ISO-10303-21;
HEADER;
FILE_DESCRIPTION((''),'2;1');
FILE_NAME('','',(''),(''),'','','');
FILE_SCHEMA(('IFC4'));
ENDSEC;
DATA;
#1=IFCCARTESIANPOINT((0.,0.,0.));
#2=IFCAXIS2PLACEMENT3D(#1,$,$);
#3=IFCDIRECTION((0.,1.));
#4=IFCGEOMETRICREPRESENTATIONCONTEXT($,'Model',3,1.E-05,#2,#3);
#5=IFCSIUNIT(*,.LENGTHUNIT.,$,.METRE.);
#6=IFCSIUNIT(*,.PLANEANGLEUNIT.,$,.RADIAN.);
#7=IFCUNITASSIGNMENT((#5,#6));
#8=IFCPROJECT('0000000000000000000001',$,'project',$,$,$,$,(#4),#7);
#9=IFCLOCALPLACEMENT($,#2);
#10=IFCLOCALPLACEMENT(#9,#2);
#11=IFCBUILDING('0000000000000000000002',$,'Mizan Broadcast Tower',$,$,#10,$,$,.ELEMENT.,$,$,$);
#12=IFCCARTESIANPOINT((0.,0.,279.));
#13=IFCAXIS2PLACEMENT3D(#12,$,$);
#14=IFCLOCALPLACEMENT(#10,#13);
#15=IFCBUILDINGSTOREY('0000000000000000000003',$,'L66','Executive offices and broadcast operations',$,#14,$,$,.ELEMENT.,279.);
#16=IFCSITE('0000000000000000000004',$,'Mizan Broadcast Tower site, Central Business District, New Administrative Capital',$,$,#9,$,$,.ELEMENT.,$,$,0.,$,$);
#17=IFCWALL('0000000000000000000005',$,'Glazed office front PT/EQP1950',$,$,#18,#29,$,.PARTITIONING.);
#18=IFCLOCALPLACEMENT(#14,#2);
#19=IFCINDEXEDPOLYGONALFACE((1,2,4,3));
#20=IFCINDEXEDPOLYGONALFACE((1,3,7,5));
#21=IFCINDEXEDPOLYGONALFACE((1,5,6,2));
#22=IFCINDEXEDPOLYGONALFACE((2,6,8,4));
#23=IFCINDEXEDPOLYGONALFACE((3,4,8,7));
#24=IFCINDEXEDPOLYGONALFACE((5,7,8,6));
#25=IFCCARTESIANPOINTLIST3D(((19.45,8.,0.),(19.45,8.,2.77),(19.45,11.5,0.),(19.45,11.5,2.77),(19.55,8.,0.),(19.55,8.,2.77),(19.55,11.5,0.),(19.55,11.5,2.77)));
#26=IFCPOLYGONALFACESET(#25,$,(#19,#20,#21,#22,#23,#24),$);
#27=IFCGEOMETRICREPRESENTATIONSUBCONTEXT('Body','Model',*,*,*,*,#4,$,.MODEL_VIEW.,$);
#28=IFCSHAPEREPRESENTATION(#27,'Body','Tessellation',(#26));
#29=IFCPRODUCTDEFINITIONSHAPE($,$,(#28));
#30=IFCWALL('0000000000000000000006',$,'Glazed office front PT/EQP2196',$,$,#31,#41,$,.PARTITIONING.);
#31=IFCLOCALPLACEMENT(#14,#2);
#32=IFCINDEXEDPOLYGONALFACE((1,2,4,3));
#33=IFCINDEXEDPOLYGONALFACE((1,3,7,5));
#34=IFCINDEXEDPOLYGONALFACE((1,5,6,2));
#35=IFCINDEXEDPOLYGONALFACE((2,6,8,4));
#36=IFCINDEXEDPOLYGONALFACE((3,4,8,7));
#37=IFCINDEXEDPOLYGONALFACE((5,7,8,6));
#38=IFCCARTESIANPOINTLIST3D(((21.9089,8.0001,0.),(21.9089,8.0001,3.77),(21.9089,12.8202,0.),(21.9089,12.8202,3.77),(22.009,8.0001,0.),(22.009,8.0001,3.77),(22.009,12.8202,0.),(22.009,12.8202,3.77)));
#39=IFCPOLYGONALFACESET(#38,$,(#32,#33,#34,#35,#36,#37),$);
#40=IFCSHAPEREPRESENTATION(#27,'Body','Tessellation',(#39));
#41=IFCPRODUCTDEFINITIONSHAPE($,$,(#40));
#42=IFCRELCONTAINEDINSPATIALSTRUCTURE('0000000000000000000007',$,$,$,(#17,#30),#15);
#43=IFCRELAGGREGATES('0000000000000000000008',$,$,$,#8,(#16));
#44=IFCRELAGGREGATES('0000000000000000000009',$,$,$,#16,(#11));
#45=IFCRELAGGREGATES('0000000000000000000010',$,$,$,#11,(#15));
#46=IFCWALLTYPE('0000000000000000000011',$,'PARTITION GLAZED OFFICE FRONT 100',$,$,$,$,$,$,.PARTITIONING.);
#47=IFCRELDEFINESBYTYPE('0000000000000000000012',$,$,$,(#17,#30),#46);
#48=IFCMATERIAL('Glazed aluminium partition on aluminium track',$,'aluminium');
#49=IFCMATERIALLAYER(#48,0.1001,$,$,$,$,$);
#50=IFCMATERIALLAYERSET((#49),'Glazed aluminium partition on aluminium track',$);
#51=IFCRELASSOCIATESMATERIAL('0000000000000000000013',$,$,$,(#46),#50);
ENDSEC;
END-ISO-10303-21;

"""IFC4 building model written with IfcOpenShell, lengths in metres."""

from ifc_helpers import new_model, si_unit, direction, frame, frame_2d, origin, place, context, subcontext, project, spatial, rectangle, extrude, material, layer, layer_set, type_object, element, save


model = new_model("IFC4")

# Units and contexts
model_context = context("Model", 3, precision=1e-05, world=origin(), true_north=direction((0.0, 1.0)))
body_context = subcontext(model_context, "Body", "Model", "MODEL_VIEW")
ifc_project = project(units=[si_unit("LENGTHUNIT", "METRE"), si_unit("PLANEANGLEUNIT", "RADIAN")], contexts=[model_context])

# Site, building, storey
site_placement = place(None, origin())
site = spatial("IfcSite", under=ifc_project, at=site_placement, Name="Mizan Broadcast Tower site, Central Business District, New Administrative Capital", CompositionType="ELEMENT", RefElevation=0.0)
building_placement = place(site_placement, origin())
building = spatial("IfcBuilding", under=site, at=building_placement, Name="Mizan Broadcast Tower", CompositionType="ELEMENT")
storey_placement = place(building_placement, frame((0.0, 0.0, 279.0)))
storey = spatial("IfcBuildingStorey", under=building, at=storey_placement, Name="L66", Description="Executive offices and broadcast operations", CompositionType="ELEMENT", Elevation=279.0)

# Shared definitions
ifc_material_1 = material(Name="Glazed aluminium partition on aluminium track", Category="aluminium")
ifc_layer_1 = layer(ifc_material_1, 0.1001)
ifc_layer_set_1 = layer_set([ifc_layer_1], Name="Glazed aluminium partition on aluminium track")
wall_type = type_object("IfcWallType", Name="PARTITION GLAZED OFFICE FRONT 100", PredefinedType="PARTITIONING", material=ifc_layer_set_1)

# Walls
wall_1_placement = place(storey_placement, frame((19.5, 8.0, 0.0), z_axis=(0.0, 0.0, 1.0), x_axis=(0.0, 1.0, 0.0)))
element("IfcWall", 1, at=wall_1_placement, inside=storey, type_object=wall_type, Name="Glazed office front PT/EQP1950", PredefinedType="PARTITIONING", context=body_context, shape_type="SweptSolid", body=[
    extrude(rectangle(XDim=3.5, YDim=0.1001, at=frame_2d((1.75, 0.0))), origin(), (0.0, 0.0, 1.0), 2.77),
])
wall_2_placement = place(storey_placement, frame((21.959, 8.0, 0.0), z_axis=(0.0, 0.0, 1.0), x_axis=(0.0, 1.0, 0.0)))
element("IfcWall", 2, at=wall_2_placement, inside=storey, type_object=wall_type, Name="Glazed office front PT/EQP2196", PredefinedType="PARTITIONING", context=body_context, shape_type="SweptSolid", body=[
    extrude(rectangle(XDim=4.8201, YDim=0.1001, at=frame_2d((2.4102, 0.0))), origin(), (0.0, 0.0, 1.0), 3.77),
])

save(model, "model.ifc")
